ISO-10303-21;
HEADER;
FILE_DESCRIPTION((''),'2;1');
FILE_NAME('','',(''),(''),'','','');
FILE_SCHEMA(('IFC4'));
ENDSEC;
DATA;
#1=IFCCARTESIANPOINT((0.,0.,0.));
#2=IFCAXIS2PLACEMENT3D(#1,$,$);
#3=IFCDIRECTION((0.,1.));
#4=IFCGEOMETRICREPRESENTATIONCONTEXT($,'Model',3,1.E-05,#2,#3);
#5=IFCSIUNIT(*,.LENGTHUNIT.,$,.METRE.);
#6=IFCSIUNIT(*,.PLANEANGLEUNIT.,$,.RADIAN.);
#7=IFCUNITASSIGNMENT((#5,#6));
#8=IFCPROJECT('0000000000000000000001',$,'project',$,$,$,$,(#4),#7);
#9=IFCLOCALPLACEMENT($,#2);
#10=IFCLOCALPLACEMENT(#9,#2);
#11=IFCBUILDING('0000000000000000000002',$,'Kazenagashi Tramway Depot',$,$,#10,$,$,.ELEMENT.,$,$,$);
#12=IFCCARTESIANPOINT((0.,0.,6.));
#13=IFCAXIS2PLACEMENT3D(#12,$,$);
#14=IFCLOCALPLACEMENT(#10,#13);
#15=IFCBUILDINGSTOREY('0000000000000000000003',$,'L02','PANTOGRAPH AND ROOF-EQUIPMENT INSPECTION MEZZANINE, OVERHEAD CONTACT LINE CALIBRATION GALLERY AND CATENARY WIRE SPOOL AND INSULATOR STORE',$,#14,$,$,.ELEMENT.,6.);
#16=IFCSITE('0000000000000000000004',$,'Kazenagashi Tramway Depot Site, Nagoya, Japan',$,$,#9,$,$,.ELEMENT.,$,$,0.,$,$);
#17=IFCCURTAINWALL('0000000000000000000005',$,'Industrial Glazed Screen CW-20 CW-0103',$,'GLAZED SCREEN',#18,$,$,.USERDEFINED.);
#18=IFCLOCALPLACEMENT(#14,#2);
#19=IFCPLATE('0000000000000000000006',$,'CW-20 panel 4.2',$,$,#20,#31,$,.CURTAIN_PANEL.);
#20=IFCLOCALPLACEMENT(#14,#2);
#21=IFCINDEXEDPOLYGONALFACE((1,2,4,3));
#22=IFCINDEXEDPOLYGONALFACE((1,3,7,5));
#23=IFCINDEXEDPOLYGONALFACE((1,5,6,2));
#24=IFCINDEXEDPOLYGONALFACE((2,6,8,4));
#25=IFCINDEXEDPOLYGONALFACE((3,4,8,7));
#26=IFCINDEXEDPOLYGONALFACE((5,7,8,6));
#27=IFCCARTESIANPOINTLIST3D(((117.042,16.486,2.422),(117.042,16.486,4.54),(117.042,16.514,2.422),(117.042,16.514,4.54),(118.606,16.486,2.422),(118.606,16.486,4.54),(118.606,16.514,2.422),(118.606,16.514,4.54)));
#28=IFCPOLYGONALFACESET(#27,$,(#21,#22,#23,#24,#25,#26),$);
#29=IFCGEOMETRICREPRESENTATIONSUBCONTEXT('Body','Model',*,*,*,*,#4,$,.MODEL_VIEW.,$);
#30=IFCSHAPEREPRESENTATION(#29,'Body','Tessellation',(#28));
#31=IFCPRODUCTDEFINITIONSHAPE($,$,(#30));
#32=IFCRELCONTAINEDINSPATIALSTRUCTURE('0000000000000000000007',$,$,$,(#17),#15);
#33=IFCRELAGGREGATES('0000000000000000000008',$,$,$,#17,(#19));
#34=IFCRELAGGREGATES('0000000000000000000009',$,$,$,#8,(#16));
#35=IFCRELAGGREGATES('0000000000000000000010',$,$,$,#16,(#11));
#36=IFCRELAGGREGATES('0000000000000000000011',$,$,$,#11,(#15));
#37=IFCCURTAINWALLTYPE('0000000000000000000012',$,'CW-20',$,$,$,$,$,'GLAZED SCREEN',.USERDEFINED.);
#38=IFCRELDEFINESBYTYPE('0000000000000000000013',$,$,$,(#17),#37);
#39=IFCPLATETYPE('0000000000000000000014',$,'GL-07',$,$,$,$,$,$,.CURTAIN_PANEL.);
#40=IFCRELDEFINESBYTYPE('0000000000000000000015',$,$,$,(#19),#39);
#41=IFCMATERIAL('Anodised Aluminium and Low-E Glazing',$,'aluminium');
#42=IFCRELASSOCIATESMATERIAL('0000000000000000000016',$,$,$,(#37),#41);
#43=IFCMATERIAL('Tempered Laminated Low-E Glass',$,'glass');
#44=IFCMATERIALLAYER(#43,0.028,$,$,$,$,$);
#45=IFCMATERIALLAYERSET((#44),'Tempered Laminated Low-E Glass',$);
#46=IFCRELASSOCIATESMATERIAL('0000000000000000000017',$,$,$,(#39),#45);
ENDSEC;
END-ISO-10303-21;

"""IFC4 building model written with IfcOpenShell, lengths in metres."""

from ifc_helpers import new_model, si_unit, direction, frame, origin, origin_2d, place, context, subcontext, project, spatial, rectangle, extrude, material, layer, layer_set, type_object, element, aggregate, save


model = new_model("IFC4")

# Units and contexts
model_context = context("Model", 3, precision=1e-05, world=origin(), true_north=direction((0.0, 1.0)))
body_context = subcontext(model_context, "Body", "Model", "MODEL_VIEW")
ifc_project = project(units=[si_unit("LENGTHUNIT", "METRE"), si_unit("PLANEANGLEUNIT", "RADIAN")], contexts=[model_context])

# Site, building, storey
site_placement = place(None, origin())
site = spatial("IfcSite", under=ifc_project, at=site_placement, Name="Kazenagashi Tramway Depot Site, Nagoya, Japan", CompositionType="ELEMENT", RefElevation=0.0)
building_placement = place(site_placement, origin())
building = spatial("IfcBuilding", under=site, at=building_placement, Name="Kazenagashi Tramway Depot", CompositionType="ELEMENT")
storey_placement = place(building_placement, frame((0.0, 0.0, 6.0)))
storey = spatial("IfcBuildingStorey", under=building, at=storey_placement, Name="L02", Description="PANTOGRAPH AND ROOF-EQUIPMENT INSPECTION MEZZANINE, OVERHEAD CONTACT LINE CALIBRATION GALLERY AND CATENARY WIRE SPOOL AND INSULATOR STORE", CompositionType="ELEMENT", Elevation=6.0)

# Shared definitions
ifc_material_1 = material(Name="Anodised Aluminium and Low-E Glazing", Category="aluminium")
curtain_wall_type_1 = type_object("IfcCurtainWallType", Name="CW-20", ElementType="GLAZED SCREEN", PredefinedType="USERDEFINED", material=ifc_material_1)

# Curtain wall
curtain_wall_1_placement = place(storey_placement, origin())
curtain_wall_1 = element("IfcCurtainWall", 1, at=curtain_wall_1_placement, inside=storey, type_object=curtain_wall_type_1, Name="Industrial Glazed Screen CW-20 CW-0103", ObjectType="GLAZED SCREEN", PredefinedType="USERDEFINED")

# Plate
ifc_material_2 = material(Name="Tempered Laminated Low-E Glass", Category="glass")
ifc_layer_1 = layer(ifc_material_2, 0.028)
ifc_layer_set_1 = layer_set([ifc_layer_1], Name="Tempered Laminated Low-E Glass")
plate_type_1 = type_object("IfcPlateType", Name="GL-07", PredefinedType="CURTAIN_PANEL", material=ifc_layer_set_1)
plate_1_placement = place(storey_placement, frame((117.824, 16.5, 2.422), z_axis=(0.0, 0.0, 1.0), x_axis=(1.0, 0.0, 0.0)))
plate_1 = element("IfcPlate", 2, at=plate_1_placement, type_object=plate_type_1, Name="CW-20 panel 4.2", PredefinedType="CURTAIN_PANEL", context=body_context, shape_type="SweptSolid", body=[
    extrude(rectangle(XDim=1.564, YDim=0.028, at=origin_2d()), origin(), (0.0, 0.0, 1.0), 2.118),
])
aggregate(curtain_wall_1, [plate_1])

save(model, "model.ifc")
